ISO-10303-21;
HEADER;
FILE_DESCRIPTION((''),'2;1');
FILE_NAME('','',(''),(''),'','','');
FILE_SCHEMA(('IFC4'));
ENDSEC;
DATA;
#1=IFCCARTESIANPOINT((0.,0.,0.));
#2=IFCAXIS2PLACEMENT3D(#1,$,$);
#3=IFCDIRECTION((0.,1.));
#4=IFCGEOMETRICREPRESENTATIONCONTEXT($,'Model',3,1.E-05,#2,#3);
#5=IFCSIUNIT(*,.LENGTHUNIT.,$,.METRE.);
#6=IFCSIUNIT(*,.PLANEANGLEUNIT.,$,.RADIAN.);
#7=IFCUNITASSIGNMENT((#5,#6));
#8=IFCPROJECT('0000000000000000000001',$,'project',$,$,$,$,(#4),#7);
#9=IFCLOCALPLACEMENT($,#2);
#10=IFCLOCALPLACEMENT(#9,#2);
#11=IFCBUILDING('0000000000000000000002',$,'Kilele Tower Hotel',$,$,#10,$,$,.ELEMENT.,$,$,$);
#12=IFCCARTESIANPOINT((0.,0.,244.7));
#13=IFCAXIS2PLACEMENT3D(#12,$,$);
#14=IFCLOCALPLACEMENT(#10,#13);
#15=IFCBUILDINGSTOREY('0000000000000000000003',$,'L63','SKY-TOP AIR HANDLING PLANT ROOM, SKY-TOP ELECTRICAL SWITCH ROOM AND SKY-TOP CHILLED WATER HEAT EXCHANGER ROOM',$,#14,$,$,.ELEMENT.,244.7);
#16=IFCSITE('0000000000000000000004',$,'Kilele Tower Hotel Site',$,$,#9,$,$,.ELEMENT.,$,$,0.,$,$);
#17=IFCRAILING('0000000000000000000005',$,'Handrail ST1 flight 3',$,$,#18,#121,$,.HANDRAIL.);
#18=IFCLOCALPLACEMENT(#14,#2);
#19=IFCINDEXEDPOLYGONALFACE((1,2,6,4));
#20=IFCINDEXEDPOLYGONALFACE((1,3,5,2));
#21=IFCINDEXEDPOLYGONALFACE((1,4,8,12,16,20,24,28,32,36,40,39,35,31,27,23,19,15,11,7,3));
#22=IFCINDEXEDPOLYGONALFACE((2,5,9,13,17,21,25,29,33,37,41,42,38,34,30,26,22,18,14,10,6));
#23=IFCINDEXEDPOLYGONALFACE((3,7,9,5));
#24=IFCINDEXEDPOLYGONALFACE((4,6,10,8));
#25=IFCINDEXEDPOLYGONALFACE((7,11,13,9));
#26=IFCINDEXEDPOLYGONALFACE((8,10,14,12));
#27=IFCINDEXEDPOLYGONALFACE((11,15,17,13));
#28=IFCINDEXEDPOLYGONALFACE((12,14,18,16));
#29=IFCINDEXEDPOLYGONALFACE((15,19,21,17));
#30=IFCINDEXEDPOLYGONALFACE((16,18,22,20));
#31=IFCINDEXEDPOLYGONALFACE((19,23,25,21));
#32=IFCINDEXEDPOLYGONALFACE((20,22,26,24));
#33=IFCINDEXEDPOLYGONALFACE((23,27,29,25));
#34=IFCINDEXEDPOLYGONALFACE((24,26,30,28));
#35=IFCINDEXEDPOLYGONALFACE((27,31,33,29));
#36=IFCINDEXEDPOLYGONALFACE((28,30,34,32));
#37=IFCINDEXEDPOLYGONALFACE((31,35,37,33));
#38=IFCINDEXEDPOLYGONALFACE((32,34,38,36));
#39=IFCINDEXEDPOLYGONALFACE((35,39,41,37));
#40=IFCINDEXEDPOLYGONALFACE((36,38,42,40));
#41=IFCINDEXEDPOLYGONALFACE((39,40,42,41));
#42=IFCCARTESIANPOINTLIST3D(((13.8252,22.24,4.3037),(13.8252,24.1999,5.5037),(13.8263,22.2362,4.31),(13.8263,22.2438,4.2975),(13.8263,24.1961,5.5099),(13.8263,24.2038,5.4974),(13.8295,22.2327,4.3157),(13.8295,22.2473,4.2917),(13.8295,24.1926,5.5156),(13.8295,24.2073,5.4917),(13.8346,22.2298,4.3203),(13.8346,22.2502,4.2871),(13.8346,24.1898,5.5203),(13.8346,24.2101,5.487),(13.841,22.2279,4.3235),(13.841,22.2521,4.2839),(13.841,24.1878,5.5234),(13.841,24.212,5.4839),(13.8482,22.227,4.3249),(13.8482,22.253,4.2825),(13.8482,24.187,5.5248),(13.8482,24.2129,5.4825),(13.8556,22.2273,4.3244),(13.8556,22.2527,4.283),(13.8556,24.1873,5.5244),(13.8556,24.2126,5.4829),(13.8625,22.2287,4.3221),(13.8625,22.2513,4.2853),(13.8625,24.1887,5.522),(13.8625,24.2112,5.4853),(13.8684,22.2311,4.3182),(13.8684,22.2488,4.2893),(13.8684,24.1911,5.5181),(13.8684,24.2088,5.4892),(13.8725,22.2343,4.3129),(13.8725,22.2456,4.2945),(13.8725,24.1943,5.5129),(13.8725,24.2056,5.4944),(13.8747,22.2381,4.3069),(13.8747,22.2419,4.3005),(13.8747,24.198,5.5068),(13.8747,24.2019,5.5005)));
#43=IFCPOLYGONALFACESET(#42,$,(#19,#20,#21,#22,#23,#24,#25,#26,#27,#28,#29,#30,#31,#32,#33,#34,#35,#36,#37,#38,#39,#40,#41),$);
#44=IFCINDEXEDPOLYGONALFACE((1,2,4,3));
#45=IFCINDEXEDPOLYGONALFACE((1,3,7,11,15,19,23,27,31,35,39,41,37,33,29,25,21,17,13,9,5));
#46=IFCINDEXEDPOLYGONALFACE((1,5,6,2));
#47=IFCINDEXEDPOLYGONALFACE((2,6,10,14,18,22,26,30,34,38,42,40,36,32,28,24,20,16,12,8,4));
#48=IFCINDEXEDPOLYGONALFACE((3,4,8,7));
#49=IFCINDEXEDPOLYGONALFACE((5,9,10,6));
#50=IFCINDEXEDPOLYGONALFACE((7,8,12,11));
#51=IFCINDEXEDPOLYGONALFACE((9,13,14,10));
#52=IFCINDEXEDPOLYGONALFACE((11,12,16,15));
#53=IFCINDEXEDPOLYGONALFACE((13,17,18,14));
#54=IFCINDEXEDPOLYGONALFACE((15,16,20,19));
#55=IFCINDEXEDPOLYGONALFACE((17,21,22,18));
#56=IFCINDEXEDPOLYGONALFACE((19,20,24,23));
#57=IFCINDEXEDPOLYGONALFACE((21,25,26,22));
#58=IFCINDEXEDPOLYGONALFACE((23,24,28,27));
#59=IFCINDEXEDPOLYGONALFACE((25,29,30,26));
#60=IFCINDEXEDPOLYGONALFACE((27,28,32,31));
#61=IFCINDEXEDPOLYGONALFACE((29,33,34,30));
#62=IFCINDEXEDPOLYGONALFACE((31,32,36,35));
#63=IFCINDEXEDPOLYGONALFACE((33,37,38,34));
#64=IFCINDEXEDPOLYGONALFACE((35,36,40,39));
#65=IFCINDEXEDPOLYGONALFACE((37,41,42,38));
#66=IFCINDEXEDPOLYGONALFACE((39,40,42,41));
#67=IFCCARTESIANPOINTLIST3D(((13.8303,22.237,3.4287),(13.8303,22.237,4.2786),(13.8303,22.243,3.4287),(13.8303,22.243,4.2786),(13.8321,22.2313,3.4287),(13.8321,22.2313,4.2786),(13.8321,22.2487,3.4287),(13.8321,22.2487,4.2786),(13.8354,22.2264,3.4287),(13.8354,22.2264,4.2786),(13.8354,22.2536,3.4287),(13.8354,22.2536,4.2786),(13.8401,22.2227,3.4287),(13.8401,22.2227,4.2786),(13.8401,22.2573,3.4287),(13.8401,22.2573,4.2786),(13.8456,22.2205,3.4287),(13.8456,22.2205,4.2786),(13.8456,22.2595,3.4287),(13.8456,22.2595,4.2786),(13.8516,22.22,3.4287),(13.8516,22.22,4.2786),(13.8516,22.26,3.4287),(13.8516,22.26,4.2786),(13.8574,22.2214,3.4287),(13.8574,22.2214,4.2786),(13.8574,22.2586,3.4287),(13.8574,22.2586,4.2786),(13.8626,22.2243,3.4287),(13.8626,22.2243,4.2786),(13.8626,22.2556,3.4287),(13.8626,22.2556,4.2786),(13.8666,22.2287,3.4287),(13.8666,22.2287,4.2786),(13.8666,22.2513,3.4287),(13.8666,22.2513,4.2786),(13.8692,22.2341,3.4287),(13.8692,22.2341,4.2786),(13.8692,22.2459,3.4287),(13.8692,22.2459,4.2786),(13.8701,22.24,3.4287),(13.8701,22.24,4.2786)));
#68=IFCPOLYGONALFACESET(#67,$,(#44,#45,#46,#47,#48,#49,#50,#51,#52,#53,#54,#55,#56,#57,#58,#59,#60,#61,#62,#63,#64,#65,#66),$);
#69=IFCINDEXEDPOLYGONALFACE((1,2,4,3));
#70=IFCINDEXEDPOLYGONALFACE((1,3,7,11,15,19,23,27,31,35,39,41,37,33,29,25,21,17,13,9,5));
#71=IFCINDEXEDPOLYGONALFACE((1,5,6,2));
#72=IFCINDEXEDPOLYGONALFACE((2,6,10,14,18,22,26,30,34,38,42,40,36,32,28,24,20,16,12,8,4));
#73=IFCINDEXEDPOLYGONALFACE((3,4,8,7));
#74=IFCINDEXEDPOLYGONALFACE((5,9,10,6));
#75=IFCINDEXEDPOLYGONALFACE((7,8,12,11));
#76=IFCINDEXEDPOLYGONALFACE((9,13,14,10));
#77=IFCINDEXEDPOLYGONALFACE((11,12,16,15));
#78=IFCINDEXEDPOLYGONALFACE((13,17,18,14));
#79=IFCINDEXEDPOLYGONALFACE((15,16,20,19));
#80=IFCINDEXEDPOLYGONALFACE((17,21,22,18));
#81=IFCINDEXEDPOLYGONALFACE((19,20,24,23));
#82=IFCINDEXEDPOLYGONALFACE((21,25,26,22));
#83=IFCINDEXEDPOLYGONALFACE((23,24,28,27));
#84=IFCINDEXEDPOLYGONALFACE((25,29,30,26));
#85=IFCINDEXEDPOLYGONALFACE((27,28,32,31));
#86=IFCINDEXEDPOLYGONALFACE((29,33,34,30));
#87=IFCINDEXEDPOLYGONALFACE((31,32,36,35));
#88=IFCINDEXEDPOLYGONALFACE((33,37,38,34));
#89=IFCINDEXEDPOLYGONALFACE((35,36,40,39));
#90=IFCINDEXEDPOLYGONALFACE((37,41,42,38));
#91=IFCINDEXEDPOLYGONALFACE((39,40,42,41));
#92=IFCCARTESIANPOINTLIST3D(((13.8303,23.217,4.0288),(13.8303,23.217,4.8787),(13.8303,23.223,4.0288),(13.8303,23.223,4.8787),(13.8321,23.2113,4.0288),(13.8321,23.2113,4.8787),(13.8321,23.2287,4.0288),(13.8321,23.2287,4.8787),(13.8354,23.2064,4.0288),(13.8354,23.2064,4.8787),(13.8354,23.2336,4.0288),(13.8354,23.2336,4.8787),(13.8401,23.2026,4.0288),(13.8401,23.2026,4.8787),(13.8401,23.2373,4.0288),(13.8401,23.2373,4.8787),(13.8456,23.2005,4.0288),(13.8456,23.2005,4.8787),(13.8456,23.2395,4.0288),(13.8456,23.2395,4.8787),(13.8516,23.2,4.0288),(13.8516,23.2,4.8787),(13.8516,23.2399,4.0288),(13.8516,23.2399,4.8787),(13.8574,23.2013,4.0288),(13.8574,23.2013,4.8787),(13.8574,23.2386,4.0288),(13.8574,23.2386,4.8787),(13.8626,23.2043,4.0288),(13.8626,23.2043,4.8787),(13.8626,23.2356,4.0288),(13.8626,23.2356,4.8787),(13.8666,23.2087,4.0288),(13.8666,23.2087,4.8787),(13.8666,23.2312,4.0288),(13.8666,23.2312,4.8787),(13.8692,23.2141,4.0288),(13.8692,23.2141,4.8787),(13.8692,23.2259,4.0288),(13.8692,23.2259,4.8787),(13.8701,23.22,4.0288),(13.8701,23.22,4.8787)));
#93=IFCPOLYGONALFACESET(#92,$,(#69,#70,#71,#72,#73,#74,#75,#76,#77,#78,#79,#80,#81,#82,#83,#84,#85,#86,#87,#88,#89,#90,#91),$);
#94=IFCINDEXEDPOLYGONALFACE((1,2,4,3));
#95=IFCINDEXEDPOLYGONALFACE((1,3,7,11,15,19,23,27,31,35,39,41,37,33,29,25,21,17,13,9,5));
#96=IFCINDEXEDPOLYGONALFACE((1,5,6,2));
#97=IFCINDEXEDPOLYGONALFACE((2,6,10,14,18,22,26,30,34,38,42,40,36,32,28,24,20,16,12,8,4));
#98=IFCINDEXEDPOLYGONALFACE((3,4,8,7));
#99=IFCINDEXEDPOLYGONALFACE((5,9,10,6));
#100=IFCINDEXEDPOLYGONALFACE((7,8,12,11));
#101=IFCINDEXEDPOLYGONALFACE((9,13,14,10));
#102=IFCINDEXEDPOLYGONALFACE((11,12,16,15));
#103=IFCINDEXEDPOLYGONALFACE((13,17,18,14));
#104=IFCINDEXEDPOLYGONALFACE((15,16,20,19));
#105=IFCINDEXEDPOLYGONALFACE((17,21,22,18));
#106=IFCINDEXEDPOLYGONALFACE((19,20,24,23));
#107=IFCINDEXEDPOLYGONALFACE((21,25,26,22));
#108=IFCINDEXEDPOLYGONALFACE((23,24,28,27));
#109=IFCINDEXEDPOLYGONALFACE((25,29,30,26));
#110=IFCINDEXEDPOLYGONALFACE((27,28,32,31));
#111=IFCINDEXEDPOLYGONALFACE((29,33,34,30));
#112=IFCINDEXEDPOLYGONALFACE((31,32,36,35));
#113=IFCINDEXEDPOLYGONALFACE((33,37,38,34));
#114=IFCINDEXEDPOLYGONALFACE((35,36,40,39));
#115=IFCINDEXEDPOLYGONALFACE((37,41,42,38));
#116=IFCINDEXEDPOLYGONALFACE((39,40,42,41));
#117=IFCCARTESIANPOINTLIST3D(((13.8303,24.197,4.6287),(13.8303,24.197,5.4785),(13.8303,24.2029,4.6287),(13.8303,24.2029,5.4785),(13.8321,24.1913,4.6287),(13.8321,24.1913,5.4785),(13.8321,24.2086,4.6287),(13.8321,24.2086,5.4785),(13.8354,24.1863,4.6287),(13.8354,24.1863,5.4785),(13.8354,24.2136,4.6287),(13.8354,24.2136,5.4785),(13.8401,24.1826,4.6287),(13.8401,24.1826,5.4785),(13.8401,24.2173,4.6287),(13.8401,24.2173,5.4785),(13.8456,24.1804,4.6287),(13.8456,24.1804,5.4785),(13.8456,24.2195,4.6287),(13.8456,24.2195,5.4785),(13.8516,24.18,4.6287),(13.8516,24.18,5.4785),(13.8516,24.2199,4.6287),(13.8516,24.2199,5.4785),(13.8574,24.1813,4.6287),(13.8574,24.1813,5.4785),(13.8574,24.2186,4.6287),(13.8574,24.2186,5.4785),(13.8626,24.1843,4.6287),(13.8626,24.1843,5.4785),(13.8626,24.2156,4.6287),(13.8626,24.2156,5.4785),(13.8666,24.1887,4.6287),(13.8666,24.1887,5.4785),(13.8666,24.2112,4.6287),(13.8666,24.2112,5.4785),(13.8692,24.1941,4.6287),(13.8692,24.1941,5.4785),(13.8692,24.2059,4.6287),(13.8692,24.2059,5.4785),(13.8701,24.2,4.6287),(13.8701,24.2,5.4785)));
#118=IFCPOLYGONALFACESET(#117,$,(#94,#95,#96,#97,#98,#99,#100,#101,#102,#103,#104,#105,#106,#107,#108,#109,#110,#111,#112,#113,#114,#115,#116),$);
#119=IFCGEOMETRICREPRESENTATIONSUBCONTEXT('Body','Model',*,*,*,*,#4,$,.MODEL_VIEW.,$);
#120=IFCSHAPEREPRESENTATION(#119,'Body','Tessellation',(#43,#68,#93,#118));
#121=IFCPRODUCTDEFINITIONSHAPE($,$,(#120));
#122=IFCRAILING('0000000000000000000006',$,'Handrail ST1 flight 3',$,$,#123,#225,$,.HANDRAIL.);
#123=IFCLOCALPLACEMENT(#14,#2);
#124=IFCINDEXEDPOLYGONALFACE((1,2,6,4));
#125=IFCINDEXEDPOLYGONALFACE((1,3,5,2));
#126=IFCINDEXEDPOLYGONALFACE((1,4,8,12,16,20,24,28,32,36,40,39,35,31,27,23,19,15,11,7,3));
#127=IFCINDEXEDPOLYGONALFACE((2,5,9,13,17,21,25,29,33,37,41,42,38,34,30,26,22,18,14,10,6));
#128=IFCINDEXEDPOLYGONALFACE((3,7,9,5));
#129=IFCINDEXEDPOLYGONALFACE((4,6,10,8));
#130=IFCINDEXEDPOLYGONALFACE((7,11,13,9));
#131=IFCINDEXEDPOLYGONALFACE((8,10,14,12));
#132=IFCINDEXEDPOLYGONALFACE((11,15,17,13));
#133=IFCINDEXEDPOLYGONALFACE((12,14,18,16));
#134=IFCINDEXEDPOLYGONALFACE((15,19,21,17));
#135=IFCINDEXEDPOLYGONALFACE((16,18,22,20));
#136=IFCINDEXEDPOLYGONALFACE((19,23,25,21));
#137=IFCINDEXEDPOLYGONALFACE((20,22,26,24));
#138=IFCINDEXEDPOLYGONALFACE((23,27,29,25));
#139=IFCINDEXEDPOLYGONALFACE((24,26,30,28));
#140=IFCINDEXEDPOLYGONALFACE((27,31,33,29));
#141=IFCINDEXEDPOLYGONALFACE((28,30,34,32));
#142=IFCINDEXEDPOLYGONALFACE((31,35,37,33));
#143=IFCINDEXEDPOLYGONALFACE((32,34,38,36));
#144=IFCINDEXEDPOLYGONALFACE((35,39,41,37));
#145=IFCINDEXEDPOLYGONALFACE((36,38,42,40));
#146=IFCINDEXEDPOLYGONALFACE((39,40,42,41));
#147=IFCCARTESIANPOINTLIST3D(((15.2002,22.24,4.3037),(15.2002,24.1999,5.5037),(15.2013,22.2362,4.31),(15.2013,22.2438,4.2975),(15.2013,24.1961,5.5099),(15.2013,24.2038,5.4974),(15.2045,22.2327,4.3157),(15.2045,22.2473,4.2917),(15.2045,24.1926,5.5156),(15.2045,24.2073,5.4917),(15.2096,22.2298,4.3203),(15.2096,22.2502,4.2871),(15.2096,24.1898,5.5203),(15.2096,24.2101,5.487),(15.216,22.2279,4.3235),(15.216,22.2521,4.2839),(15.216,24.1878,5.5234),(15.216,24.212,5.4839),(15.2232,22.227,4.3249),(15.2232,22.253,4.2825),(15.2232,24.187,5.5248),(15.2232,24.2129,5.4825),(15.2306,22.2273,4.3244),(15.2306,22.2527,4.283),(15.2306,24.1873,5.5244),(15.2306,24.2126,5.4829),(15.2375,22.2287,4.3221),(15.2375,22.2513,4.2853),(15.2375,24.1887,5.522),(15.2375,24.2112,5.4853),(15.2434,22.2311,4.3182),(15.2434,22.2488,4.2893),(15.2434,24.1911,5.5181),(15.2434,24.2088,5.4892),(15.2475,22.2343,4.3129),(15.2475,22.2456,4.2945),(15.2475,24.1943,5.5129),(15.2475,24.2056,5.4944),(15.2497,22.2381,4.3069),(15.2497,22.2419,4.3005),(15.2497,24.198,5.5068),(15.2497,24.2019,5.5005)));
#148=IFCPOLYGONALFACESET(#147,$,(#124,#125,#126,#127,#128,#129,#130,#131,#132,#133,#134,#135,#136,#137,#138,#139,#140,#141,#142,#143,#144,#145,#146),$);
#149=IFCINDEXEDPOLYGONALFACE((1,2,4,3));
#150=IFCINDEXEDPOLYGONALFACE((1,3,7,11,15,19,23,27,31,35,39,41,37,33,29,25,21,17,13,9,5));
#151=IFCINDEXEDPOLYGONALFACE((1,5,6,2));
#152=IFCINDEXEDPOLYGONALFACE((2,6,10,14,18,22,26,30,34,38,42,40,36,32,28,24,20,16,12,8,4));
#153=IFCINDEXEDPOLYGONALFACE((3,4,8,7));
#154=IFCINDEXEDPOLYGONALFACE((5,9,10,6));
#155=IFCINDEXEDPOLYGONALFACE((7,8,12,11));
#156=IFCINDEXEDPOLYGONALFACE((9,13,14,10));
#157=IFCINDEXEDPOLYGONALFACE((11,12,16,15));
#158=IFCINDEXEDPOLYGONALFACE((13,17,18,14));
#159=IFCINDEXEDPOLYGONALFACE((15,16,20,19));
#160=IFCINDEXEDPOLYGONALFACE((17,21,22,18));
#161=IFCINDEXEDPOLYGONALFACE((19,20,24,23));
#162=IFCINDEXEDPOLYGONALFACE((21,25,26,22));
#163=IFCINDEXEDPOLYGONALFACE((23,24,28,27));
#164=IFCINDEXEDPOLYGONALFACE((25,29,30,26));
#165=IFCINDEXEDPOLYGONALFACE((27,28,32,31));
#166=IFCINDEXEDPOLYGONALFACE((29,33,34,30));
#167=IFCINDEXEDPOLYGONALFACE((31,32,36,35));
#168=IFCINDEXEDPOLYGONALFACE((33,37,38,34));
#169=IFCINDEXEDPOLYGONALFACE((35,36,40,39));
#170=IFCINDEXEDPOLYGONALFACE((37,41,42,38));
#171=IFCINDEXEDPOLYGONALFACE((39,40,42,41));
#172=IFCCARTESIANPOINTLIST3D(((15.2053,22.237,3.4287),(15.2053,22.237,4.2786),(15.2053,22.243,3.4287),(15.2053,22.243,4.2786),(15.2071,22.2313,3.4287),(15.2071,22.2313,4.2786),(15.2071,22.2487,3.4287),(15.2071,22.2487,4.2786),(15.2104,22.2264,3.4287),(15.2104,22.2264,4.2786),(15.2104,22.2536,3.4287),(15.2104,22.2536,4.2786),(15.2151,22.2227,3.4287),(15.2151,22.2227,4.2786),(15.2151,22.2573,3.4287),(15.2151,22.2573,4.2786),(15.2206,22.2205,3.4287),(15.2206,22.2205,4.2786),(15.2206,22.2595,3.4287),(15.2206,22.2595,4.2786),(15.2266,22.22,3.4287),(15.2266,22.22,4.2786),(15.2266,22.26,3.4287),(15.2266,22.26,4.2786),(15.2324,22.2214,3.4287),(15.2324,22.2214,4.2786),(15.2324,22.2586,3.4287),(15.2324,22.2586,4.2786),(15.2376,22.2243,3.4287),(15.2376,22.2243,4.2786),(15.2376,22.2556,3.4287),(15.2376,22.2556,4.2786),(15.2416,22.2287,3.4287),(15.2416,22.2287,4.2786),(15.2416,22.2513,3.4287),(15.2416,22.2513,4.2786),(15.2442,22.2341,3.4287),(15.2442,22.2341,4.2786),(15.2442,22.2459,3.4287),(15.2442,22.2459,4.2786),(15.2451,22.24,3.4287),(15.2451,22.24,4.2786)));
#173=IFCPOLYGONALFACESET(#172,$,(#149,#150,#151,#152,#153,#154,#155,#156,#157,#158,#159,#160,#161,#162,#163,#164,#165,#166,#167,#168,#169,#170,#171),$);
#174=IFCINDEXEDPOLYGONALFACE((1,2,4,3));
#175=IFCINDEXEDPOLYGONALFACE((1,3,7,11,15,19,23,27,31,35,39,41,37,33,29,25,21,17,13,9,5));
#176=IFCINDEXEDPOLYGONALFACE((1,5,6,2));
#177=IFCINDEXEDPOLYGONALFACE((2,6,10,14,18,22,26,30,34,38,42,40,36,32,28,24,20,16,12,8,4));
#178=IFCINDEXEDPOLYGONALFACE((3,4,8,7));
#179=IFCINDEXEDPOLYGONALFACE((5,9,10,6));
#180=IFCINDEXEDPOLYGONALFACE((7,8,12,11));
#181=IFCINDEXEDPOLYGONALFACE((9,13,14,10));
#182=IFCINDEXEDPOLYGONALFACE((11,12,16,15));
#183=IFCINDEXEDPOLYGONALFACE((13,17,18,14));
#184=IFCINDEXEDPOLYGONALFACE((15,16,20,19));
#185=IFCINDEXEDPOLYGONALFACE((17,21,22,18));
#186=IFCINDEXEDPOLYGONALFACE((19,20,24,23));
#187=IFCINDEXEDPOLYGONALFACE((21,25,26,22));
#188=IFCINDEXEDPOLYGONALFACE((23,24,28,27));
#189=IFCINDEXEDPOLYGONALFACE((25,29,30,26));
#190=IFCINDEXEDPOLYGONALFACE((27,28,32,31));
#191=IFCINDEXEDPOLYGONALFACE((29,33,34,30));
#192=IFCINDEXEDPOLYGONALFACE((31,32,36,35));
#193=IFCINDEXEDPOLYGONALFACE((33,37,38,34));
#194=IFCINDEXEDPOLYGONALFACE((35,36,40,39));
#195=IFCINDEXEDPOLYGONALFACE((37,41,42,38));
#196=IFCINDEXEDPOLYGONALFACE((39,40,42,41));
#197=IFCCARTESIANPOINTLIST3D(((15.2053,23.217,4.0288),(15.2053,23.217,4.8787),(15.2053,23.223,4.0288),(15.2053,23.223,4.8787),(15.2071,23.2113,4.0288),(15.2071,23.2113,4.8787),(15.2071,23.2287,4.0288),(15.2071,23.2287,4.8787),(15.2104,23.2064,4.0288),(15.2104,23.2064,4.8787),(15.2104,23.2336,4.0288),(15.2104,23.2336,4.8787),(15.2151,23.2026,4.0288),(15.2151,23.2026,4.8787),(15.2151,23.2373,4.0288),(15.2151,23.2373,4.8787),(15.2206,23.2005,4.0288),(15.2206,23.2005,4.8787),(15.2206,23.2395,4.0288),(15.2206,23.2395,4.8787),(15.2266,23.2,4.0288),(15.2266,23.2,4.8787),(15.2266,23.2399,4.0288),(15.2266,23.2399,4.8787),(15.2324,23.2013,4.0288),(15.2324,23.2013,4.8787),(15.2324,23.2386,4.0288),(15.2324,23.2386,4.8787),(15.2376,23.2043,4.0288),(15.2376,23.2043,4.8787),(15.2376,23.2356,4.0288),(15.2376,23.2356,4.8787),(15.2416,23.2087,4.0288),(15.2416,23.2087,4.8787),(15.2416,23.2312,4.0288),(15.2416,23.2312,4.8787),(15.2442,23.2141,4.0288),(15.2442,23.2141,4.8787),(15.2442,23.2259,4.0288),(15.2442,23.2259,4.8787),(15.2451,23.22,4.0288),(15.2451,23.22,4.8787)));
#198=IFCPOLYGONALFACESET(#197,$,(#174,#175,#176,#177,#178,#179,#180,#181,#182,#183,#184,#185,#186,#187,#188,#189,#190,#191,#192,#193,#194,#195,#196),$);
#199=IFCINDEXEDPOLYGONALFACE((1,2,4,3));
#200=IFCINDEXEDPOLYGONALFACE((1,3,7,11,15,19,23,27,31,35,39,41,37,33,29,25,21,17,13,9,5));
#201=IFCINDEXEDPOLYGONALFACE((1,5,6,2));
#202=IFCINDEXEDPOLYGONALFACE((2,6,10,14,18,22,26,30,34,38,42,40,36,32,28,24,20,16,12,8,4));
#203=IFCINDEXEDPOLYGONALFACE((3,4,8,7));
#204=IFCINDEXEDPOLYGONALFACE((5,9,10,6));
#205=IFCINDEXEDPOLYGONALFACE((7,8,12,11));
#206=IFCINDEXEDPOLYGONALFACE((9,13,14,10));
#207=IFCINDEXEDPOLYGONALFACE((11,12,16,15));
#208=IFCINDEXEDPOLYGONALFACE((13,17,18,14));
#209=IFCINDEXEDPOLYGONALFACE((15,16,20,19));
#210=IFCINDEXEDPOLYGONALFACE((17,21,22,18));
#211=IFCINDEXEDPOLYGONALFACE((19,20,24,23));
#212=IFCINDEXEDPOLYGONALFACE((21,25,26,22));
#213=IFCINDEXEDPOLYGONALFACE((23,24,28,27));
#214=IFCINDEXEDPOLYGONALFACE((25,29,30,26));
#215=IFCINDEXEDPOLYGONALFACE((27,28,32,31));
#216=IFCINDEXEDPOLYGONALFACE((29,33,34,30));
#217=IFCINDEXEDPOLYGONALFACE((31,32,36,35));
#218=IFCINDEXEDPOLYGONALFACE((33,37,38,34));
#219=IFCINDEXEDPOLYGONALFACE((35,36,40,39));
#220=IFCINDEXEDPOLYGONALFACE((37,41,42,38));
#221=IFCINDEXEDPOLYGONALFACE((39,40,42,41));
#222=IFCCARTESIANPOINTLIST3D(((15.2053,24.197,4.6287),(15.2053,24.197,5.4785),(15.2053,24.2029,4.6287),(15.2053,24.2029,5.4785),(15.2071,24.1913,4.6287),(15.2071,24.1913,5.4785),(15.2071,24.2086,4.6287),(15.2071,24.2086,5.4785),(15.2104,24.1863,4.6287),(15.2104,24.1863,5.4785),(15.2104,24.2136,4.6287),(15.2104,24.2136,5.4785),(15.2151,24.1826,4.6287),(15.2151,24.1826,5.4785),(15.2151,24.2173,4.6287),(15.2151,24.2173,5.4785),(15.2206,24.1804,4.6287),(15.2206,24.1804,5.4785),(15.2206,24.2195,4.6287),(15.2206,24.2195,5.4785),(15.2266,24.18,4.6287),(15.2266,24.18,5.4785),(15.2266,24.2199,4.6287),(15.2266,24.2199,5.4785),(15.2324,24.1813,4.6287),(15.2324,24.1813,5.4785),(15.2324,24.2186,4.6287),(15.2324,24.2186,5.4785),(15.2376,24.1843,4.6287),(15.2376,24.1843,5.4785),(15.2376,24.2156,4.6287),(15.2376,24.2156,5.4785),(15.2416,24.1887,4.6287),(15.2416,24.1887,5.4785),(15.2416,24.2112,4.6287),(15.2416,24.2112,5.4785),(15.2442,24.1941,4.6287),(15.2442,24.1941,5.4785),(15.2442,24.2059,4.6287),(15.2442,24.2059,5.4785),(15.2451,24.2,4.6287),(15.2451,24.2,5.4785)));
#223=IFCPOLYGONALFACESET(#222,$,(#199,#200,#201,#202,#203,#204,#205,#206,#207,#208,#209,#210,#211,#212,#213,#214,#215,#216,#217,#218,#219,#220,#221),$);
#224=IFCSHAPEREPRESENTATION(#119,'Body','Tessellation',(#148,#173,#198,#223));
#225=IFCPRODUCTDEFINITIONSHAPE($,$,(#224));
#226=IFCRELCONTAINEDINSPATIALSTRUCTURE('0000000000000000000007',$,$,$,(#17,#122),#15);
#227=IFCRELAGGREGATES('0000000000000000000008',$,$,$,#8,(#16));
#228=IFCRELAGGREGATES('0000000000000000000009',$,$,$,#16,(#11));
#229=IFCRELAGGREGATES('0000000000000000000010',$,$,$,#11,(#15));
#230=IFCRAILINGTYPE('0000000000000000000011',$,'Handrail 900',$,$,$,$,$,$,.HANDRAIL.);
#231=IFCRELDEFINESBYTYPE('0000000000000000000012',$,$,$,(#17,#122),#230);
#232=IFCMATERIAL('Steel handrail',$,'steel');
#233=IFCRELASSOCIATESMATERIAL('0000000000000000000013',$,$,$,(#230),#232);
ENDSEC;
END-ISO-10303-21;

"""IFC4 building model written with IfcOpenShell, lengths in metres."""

from ifc_helpers import new_model, si_unit, direction, frame, origin, origin_2d, place, context, subcontext, project, spatial, circle, extrude, material, type_object, element, save


model = new_model("IFC4")

# Units and contexts
model_context = context("Model", 3, precision=1e-05, world=origin(), true_north=direction((0.0, 1.0)))
body_context = subcontext(model_context, "Body", "Model", "MODEL_VIEW")
ifc_project = project(units=[si_unit("LENGTHUNIT", "METRE"), si_unit("PLANEANGLEUNIT", "RADIAN")], contexts=[model_context])

# Site, building, storey
site_placement = place(None, origin())
site = spatial("IfcSite", under=ifc_project, at=site_placement, Name="Kilele Tower Hotel Site", CompositionType="ELEMENT", RefElevation=0.0)
building_placement = place(site_placement, origin())
building = spatial("IfcBuilding", under=site, at=building_placement, Name="Kilele Tower Hotel", CompositionType="ELEMENT")
storey_placement = place(building_placement, frame((0.0, 0.0, 244.7)))
storey = spatial("IfcBuildingStorey", under=building, at=storey_placement, Name="L63", Description="SKY-TOP AIR HANDLING PLANT ROOM, SKY-TOP ELECTRICAL SWITCH ROOM AND SKY-TOP CHILLED WATER HEAT EXCHANGER ROOM", CompositionType="ELEMENT", Elevation=244.7)

# Railings
ifc_material_1 = material(Name="Steel handrail", Category="steel")
railing_type_1 = type_object("IfcRailingType", Name="Handrail 900", PredefinedType="HANDRAIL", material=ifc_material_1)
for number, where, name in (
    (1, (13.8501, 22.24, 3.4287), "Handrail ST1 flight 3"),
    (2, (15.2251, 22.24, 3.4287), "Handrail ST1 flight 3"),
):
    element("IfcRailing", number, at=place(storey_placement, frame(where)), inside=storey, type_object=railing_type_1, Name=name, PredefinedType="HANDRAIL", context=body_context, shape_type="SweptSolid", body=[
        extrude(circle(Radius=0.0249, at=origin_2d()), frame((0.0, 0.0, 0.875), z_axis=(0.0, 0.852856, 0.522146), x_axis=(-1.0, 0.0, 0.0)), (0.0, 0.0, 1.0), 2.2981),
        extrude(circle(Radius=0.02, at=origin_2d()), origin(), (0.0, 0.0, 1.0), 0.8499),
        extrude(circle(Radius=0.02, at=origin_2d()), frame((0.0, 0.98, 0.6001)), (0.0, 0.0, 1.0), 0.8499),
        extrude(circle(Radius=0.02, at=origin_2d()), frame((0.0, 1.96, 1.2)), (0.0, 0.0, 1.0), 0.8499),
    ])

save(model, "model.ifc")
